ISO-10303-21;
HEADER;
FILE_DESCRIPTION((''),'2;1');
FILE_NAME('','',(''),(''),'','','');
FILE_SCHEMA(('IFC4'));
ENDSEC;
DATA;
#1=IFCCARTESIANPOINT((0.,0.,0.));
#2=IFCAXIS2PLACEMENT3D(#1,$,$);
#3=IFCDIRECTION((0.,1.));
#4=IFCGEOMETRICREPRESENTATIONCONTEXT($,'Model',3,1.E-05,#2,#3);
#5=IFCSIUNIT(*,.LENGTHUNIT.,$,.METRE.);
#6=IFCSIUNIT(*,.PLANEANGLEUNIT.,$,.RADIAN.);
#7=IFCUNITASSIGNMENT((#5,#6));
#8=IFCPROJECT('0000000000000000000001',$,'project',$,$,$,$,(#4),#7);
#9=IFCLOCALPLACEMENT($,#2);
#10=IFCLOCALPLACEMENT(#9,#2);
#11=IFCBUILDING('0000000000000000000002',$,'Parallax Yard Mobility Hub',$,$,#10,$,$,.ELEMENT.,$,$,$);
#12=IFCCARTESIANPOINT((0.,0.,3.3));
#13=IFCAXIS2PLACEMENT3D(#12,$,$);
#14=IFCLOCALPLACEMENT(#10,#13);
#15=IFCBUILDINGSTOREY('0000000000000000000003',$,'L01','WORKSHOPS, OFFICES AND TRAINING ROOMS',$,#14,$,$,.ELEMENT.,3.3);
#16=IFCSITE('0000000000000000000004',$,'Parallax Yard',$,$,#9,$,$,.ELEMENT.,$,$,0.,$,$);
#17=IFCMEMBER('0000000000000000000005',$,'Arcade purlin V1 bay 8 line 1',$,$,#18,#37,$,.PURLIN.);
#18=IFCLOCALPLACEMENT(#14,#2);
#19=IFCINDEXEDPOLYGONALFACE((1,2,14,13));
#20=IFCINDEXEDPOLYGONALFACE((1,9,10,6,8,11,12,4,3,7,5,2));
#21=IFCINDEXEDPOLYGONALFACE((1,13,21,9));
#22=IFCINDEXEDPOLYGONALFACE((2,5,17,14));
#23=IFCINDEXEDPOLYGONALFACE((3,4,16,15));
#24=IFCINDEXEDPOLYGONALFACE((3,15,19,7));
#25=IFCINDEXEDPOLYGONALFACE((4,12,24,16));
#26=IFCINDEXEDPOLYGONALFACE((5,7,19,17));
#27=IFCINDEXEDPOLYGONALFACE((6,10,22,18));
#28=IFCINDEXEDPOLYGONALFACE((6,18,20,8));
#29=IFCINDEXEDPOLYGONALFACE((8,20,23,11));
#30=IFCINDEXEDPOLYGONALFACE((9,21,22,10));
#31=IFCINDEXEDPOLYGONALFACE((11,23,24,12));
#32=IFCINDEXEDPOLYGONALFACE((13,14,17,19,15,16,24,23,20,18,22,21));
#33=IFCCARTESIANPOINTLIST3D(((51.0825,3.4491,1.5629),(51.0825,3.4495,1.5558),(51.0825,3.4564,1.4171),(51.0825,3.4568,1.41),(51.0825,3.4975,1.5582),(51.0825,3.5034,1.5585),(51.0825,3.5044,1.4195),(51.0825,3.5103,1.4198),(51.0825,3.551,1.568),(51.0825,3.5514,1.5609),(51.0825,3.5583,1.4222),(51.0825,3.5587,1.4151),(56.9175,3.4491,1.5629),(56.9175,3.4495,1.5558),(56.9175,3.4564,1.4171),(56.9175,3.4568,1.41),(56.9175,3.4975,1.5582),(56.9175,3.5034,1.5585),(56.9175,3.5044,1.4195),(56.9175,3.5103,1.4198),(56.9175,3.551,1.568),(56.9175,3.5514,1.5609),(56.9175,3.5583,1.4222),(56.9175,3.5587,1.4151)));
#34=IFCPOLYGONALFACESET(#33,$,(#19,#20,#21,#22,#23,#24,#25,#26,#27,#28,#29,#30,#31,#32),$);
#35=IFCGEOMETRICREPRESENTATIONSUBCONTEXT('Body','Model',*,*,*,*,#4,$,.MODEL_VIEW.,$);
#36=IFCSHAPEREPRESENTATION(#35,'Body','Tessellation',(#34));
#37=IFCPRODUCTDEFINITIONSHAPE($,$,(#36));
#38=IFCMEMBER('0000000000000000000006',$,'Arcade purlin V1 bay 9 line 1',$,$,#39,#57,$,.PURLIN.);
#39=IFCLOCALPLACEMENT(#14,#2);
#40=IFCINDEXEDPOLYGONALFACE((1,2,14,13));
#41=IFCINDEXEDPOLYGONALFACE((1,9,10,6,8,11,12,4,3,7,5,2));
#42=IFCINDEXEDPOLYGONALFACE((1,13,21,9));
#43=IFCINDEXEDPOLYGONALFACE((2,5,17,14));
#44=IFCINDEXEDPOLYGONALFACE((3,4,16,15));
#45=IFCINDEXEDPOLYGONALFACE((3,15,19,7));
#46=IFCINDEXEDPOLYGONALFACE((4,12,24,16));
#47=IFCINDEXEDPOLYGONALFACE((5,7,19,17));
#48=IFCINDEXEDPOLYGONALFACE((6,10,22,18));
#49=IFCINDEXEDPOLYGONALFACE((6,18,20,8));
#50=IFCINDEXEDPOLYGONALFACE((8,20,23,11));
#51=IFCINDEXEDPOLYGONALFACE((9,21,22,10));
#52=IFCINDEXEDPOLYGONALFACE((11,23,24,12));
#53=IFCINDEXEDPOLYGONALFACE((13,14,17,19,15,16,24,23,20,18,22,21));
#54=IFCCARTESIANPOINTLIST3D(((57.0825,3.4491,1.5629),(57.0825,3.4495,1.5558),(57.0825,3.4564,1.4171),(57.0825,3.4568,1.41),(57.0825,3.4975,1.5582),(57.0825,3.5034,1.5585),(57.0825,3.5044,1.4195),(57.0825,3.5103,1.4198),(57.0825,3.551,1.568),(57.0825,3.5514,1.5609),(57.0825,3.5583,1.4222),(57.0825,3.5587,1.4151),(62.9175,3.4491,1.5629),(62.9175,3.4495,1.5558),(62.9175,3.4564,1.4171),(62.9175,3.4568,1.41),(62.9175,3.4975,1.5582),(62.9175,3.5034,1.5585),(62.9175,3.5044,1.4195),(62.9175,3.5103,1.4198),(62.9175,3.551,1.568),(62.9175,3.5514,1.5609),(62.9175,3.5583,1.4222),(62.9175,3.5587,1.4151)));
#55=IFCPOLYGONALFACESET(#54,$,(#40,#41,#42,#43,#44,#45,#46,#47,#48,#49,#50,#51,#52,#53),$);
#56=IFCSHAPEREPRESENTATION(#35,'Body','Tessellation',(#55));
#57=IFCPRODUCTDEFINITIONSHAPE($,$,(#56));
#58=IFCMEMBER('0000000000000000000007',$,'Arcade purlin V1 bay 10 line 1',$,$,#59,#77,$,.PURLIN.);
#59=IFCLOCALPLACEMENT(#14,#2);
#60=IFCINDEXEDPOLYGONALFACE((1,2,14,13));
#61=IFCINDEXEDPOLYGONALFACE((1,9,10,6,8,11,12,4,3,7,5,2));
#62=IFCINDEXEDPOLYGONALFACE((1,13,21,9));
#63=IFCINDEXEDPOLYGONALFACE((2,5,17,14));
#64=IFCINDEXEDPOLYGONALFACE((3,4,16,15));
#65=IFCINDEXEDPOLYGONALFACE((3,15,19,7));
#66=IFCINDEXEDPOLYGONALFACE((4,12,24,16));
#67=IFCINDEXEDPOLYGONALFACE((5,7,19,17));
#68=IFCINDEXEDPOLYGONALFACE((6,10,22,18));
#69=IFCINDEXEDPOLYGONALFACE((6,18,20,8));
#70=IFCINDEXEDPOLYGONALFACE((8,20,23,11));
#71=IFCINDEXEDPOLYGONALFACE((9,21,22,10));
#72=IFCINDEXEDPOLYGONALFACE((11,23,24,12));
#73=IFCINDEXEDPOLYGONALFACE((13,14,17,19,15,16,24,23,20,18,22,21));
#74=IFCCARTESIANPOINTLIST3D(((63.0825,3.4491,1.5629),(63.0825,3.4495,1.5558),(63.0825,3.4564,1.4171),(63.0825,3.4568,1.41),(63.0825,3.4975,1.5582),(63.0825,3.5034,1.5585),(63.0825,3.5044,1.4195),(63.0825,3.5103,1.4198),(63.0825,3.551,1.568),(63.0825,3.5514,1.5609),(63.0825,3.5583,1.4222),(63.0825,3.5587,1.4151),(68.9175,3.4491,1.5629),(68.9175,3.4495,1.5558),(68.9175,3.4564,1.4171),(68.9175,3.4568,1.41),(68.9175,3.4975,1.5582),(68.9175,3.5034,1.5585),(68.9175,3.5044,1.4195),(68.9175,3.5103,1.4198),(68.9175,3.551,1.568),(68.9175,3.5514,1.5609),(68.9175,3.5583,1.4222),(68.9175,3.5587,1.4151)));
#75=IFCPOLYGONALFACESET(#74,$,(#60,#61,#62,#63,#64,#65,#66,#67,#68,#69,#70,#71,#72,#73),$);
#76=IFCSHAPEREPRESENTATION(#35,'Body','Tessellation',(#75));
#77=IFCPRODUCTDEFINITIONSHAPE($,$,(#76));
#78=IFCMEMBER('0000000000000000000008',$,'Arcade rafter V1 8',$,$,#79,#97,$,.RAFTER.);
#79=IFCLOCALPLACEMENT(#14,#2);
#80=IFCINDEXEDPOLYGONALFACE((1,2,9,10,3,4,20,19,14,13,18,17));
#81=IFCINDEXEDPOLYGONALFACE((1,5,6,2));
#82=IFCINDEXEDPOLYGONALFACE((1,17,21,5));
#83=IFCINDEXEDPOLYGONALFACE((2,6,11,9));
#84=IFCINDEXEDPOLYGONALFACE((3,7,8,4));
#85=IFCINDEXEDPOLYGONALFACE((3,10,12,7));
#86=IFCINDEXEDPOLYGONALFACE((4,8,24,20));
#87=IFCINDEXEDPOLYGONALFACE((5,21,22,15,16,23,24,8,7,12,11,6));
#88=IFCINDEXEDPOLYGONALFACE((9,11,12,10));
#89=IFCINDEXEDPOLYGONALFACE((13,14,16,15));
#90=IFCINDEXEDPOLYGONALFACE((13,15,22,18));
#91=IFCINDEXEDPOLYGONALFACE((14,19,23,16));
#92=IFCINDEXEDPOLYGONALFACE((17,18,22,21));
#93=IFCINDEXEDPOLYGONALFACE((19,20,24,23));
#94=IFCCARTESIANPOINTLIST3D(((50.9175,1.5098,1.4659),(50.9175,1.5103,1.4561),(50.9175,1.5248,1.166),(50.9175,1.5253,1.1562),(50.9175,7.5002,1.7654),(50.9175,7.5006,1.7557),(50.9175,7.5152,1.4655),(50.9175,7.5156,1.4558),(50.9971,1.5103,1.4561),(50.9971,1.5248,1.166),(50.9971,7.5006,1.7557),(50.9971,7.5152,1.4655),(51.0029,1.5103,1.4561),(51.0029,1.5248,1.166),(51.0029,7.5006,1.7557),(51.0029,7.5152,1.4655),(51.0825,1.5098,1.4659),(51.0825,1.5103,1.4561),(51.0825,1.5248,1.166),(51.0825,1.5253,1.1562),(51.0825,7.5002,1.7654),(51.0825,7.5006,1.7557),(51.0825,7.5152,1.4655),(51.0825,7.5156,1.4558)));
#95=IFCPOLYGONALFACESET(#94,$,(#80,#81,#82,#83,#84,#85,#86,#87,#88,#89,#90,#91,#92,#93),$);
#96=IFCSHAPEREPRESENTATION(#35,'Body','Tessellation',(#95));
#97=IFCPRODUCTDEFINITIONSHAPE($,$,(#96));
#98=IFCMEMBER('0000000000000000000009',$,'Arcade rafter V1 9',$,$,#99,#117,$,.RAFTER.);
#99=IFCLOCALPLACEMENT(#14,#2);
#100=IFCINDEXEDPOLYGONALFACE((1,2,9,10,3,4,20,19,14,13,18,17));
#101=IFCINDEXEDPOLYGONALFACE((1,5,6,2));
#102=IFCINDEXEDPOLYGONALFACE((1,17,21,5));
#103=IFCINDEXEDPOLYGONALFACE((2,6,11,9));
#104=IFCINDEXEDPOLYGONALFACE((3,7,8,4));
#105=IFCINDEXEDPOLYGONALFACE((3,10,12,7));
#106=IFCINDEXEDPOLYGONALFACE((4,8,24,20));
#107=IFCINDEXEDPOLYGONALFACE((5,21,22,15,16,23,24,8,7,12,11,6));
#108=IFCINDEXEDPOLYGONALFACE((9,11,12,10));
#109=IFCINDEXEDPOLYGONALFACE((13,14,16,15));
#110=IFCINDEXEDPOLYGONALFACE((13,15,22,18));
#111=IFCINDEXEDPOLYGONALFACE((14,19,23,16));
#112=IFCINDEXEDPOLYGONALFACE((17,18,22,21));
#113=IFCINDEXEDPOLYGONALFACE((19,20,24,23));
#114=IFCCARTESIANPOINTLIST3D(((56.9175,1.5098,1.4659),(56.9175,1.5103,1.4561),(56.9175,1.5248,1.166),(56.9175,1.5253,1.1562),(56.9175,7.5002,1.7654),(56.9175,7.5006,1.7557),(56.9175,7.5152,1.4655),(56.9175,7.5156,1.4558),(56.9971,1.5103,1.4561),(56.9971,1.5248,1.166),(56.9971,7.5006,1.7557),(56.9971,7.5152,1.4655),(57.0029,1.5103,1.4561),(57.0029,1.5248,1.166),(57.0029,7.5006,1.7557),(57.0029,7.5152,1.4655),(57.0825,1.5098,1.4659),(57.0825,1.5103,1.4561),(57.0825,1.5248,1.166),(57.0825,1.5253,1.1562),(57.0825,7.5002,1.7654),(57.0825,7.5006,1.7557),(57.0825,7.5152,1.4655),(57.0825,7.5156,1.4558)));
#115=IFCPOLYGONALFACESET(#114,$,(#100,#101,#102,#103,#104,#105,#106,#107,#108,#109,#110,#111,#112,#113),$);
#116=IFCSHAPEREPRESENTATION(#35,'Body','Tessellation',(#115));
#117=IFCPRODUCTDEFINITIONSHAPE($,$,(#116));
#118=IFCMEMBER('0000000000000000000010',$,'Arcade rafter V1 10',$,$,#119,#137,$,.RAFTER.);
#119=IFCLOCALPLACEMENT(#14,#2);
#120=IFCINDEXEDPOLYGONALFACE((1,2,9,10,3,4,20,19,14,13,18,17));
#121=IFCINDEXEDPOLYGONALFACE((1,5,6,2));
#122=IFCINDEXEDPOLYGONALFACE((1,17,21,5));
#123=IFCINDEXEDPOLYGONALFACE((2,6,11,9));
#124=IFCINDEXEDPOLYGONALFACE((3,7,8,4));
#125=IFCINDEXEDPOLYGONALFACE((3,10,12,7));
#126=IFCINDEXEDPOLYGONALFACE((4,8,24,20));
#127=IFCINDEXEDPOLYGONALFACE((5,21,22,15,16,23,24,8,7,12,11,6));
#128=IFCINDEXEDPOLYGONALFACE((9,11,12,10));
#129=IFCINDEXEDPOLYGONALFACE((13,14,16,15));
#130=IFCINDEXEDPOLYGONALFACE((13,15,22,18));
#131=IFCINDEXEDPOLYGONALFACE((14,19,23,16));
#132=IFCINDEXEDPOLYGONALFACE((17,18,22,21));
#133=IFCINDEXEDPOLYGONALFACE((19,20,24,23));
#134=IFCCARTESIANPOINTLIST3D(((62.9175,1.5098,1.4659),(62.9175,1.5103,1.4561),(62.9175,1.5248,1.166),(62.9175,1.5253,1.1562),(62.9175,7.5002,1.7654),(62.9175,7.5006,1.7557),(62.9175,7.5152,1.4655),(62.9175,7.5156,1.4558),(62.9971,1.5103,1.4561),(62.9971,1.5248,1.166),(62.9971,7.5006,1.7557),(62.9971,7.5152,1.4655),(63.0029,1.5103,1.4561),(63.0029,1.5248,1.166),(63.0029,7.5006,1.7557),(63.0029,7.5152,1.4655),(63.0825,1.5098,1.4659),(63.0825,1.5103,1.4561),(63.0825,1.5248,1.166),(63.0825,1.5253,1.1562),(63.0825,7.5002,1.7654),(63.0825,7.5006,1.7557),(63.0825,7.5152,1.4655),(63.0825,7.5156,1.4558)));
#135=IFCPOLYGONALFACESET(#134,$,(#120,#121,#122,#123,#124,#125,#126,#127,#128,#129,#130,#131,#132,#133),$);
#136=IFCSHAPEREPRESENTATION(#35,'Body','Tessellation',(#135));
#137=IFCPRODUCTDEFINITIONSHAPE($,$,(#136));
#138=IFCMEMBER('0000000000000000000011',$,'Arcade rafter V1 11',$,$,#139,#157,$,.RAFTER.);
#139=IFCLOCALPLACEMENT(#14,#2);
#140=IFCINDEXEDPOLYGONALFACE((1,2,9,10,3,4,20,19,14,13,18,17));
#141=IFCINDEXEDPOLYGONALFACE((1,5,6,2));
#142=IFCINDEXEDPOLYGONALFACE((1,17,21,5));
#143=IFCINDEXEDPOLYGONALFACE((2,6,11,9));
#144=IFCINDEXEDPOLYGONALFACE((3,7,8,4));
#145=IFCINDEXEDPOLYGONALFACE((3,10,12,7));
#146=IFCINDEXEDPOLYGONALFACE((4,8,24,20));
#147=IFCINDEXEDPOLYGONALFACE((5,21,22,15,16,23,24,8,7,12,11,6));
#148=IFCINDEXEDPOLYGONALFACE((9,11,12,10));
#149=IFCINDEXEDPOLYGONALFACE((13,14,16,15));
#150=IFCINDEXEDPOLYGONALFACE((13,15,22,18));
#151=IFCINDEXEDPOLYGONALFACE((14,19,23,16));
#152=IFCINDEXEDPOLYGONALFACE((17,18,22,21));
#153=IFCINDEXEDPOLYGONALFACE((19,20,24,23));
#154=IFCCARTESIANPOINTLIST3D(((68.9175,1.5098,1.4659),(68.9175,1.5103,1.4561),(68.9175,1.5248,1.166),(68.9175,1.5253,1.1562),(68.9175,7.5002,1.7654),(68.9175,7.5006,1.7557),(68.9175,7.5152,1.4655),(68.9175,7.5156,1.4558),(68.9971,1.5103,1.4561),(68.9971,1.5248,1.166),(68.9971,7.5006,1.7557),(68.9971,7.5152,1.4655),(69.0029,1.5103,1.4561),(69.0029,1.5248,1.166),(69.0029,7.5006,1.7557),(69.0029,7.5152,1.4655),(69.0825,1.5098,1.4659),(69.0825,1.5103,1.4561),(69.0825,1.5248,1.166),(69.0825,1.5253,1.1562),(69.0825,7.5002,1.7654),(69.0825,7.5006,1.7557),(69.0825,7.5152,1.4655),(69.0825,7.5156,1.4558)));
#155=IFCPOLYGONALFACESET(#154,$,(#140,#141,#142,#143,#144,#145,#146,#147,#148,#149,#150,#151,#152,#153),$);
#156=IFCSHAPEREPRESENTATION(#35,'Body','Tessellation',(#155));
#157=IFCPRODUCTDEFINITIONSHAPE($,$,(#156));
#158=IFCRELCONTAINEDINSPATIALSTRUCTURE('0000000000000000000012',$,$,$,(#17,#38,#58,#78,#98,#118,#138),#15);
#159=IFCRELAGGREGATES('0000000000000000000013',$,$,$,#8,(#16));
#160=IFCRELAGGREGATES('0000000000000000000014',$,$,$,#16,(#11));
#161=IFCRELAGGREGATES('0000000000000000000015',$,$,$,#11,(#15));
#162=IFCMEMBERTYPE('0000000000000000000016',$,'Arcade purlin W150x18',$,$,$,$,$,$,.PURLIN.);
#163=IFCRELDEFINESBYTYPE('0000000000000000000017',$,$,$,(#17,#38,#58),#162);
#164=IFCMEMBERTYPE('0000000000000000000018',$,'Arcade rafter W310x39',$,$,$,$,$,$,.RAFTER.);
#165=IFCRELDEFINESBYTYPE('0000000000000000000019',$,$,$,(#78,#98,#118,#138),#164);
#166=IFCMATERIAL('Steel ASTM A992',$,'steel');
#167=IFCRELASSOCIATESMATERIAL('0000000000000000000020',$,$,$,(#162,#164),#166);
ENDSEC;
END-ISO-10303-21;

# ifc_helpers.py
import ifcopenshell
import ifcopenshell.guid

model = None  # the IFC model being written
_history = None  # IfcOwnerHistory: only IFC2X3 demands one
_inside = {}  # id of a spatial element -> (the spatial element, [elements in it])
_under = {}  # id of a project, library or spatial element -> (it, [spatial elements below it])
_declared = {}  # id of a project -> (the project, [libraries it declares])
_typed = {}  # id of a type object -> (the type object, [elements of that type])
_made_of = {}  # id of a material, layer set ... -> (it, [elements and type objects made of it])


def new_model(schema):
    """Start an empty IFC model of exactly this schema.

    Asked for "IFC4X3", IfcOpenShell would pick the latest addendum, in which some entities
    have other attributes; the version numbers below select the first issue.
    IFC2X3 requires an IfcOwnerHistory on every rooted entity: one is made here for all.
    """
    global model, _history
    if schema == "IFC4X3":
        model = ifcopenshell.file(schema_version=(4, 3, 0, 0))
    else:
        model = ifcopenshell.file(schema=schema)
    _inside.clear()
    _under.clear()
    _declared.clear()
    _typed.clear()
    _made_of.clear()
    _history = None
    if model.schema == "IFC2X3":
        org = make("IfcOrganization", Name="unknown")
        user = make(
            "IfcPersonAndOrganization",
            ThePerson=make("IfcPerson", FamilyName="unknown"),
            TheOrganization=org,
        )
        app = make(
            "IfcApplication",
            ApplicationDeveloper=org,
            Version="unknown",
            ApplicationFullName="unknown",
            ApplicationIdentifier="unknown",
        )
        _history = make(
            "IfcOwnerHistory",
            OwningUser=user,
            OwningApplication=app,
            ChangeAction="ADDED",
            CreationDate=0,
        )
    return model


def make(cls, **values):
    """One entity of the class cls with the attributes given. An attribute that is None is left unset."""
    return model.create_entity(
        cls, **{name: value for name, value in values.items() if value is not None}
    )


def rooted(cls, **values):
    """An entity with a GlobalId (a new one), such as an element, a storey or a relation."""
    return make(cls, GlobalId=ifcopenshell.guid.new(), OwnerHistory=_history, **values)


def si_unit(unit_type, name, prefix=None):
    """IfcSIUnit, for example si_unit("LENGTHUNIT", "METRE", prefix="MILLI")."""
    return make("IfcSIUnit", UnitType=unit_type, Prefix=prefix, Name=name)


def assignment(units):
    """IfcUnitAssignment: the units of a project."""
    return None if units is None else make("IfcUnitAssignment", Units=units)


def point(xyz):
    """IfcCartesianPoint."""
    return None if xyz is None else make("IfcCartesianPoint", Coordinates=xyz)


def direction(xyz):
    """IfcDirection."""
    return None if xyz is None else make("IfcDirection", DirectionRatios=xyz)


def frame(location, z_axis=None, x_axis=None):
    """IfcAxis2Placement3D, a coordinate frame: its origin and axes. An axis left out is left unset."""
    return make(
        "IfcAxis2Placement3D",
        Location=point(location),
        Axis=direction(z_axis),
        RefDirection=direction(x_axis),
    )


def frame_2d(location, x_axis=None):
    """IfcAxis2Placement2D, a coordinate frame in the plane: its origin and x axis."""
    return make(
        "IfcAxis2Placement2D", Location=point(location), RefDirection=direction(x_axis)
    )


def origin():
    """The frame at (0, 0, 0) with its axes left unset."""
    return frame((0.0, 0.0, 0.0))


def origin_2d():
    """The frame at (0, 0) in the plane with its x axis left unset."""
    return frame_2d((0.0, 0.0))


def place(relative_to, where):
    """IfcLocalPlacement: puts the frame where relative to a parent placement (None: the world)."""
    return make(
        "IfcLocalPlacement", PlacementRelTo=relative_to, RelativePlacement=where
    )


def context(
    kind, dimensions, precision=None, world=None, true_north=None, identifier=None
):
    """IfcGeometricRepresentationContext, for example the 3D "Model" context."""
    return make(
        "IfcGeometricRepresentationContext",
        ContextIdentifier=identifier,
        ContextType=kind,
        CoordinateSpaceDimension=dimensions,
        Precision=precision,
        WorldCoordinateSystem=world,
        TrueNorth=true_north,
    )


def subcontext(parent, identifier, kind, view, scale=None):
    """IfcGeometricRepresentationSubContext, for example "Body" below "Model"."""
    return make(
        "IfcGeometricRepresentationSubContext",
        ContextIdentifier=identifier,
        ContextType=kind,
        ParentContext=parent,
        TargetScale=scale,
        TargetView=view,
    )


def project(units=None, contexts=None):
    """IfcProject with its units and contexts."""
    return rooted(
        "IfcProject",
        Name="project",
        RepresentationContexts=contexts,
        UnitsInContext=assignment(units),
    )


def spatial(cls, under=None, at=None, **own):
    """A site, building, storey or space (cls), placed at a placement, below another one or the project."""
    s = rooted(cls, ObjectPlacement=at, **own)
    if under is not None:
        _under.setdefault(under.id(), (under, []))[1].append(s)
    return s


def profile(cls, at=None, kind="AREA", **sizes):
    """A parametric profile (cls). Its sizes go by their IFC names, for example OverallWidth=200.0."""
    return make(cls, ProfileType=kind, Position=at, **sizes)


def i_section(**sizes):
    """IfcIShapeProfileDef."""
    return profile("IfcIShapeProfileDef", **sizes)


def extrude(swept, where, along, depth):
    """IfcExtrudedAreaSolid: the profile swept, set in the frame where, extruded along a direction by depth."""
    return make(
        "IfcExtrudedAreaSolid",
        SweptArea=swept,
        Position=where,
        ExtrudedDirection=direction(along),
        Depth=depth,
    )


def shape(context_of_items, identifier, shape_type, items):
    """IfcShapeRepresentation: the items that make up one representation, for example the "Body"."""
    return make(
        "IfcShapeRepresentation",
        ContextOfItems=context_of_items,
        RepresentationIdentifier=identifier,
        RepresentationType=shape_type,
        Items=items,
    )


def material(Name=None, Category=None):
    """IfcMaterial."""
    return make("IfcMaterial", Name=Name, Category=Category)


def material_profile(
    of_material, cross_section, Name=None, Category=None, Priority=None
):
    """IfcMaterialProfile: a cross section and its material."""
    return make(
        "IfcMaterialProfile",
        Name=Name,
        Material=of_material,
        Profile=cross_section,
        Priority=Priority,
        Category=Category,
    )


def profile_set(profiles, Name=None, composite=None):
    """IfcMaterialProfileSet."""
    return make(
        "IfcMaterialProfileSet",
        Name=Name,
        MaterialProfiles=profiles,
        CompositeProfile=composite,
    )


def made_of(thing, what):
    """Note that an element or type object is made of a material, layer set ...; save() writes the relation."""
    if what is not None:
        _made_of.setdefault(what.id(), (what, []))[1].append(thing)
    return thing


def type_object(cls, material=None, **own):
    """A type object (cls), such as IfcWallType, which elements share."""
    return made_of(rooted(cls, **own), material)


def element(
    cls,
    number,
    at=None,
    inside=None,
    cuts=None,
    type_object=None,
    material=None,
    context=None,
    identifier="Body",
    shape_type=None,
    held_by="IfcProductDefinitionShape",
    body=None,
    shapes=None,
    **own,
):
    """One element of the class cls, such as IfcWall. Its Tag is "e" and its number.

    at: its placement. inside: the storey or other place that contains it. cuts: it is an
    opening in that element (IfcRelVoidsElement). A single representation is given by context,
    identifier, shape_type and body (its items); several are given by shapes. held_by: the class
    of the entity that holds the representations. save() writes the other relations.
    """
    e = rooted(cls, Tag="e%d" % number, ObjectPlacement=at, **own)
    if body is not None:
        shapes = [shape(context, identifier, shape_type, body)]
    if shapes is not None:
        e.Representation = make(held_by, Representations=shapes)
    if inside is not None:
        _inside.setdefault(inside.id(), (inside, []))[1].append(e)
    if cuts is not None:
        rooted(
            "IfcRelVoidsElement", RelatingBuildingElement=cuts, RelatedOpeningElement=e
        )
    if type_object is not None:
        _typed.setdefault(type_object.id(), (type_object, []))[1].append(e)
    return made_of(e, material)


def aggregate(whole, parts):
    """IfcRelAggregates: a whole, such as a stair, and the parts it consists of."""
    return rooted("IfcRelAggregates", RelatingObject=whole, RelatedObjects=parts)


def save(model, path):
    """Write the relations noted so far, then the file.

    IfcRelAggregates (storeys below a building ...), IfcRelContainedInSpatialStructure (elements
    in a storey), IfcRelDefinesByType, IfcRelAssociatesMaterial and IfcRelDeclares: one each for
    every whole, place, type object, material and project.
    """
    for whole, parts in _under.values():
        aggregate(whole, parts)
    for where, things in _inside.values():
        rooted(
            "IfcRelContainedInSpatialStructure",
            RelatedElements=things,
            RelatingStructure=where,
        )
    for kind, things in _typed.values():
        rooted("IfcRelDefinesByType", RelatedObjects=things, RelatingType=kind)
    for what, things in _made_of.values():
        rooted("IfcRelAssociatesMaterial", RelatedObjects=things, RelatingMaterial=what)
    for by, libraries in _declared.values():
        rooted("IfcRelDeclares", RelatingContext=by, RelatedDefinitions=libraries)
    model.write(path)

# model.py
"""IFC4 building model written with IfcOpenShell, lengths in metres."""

from ifc_helpers import new_model, si_unit, direction, frame, origin, origin_2d, place, context, subcontext, project, spatial, i_section, extrude, material, material_profile, profile_set, type_object, element, save


model = new_model("IFC4")

# Units and contexts
model_context = context("Model", 3, precision=1e-05, world=origin(), true_north=direction((0.0, 1.0)))
body_context = subcontext(model_context, "Body", "Model", "MODEL_VIEW")
ifc_project = project(units=[si_unit("LENGTHUNIT", "METRE"), si_unit("PLANEANGLEUNIT", "RADIAN")], contexts=[model_context])

# Site, building, storey
site_placement = place(None, origin())
site = spatial("IfcSite", under=ifc_project, at=site_placement, Name="Parallax Yard", CompositionType="ELEMENT", RefElevation=0.0)
building_placement = place(site_placement, origin())
building = spatial("IfcBuilding", under=site, at=building_placement, Name="Parallax Yard Mobility Hub", CompositionType="ELEMENT")
storey_placement = place(building_placement, frame((0.0, 0.0, 3.3)))
storey = spatial("IfcBuildingStorey", under=building, at=storey_placement, Name="L01", Description="WORKSHOPS, OFFICES AND TRAINING ROOMS", CompositionType="ELEMENT", Elevation=3.3)

# Shared definitions
ifc_material_1 = material(Name="Steel ASTM A992", Category="steel")

# Members
ifc_material_profile_1 = material_profile(ifc_material_1, i_section(OverallWidth=0.1021, OverallDepth=0.1531, WebThickness=0.0059, FlangeThickness=0.0071, at=origin_2d()), Name="W150x18")
ifc_profile_set_1 = profile_set([ifc_material_profile_1], Name="Steel ASTM A992")
member_type_1 = type_object("IfcMemberType", Name="Arcade purlin W150x18", PredefinedType="PURLIN", material=ifc_profile_set_1)
for number, where, z_axis, x_axis, name in (
    (1, (51.0825, 3.5039, 1.489), (1.0, 0.0, 0.0), (0.0, 0.998752, 0.049938), "Arcade purlin V1 bay 8 line 1"),
    (2, (57.0825, 3.5039, 1.489), (1.0, 0.0, 0.0), (0.0, 0.998752, 0.049938), "Arcade purlin V1 bay 9 line 1"),
    (3, (63.0825, 3.5039, 1.489), (1.0, 0.0, 0.0), (0.0, 0.998752, 0.049938), "Arcade purlin V1 bay 10 line 1"),
):
    element("IfcMember", number, at=place(storey_placement, frame(where, z_axis=z_axis, x_axis=x_axis)), inside=storey, type_object=member_type_1, Name=name, PredefinedType="PURLIN", context=body_context, shape_type="SweptSolid", body=[
        extrude(i_section(OverallWidth=0.1021, OverallDepth=0.1531, WebThickness=0.0059, FlangeThickness=0.0071, at=origin_2d()), origin(), (0.0, 0.0, 1.0), 5.835),
    ])
ifc_material_profile_2 = material_profile(ifc_material_1, i_section(OverallWidth=0.165, OverallDepth=0.3101, WebThickness=0.0059, FlangeThickness=0.0098, at=origin_2d()), Name="W310x39")
ifc_profile_set_2 = profile_set([ifc_material_profile_2], Name="Steel ASTM A992")
member_type_2 = type_object("IfcMemberType", Name="Arcade rafter W310x39", PredefinedType="RAFTER", material=ifc_profile_set_2)
for number, where, z_axis, x_axis, name in (
    (4, (51.0, 1.5176, 1.311), (0.0, 0.998752, 0.049946), (-1.0, 0.0, 0.0), "Arcade rafter V1 8"),
    (5, (57.0, 1.5176, 1.311), (0.0, 0.998752, 0.049946), (-1.0, 0.0, 0.0), "Arcade rafter V1 9"),
    (6, (63.0, 1.5176, 1.311), (0.0, 0.998752, 0.049946), (-1.0, 0.0, 0.0), "Arcade rafter V1 10"),
    (7, (69.0, 1.5176, 1.311), (0.0, 0.998752, 0.049946), (-1.0, 0.0, 0.0), "Arcade rafter V1 11"),
):
    element("IfcMember", number, at=place(storey_placement, frame(where, z_axis=z_axis, x_axis=x_axis)), inside=storey, type_object=member_type_2, Name=name, PredefinedType="RAFTER", context=body_context, shape_type="SweptSolid", body=[
        extrude(i_section(OverallWidth=0.165, OverallDepth=0.3101, WebThickness=0.0059, FlangeThickness=0.0098, at=origin_2d()), origin(), (0.0, 0.0, 1.0), 5.9978),
    ])

save(model, "model.ifc")
